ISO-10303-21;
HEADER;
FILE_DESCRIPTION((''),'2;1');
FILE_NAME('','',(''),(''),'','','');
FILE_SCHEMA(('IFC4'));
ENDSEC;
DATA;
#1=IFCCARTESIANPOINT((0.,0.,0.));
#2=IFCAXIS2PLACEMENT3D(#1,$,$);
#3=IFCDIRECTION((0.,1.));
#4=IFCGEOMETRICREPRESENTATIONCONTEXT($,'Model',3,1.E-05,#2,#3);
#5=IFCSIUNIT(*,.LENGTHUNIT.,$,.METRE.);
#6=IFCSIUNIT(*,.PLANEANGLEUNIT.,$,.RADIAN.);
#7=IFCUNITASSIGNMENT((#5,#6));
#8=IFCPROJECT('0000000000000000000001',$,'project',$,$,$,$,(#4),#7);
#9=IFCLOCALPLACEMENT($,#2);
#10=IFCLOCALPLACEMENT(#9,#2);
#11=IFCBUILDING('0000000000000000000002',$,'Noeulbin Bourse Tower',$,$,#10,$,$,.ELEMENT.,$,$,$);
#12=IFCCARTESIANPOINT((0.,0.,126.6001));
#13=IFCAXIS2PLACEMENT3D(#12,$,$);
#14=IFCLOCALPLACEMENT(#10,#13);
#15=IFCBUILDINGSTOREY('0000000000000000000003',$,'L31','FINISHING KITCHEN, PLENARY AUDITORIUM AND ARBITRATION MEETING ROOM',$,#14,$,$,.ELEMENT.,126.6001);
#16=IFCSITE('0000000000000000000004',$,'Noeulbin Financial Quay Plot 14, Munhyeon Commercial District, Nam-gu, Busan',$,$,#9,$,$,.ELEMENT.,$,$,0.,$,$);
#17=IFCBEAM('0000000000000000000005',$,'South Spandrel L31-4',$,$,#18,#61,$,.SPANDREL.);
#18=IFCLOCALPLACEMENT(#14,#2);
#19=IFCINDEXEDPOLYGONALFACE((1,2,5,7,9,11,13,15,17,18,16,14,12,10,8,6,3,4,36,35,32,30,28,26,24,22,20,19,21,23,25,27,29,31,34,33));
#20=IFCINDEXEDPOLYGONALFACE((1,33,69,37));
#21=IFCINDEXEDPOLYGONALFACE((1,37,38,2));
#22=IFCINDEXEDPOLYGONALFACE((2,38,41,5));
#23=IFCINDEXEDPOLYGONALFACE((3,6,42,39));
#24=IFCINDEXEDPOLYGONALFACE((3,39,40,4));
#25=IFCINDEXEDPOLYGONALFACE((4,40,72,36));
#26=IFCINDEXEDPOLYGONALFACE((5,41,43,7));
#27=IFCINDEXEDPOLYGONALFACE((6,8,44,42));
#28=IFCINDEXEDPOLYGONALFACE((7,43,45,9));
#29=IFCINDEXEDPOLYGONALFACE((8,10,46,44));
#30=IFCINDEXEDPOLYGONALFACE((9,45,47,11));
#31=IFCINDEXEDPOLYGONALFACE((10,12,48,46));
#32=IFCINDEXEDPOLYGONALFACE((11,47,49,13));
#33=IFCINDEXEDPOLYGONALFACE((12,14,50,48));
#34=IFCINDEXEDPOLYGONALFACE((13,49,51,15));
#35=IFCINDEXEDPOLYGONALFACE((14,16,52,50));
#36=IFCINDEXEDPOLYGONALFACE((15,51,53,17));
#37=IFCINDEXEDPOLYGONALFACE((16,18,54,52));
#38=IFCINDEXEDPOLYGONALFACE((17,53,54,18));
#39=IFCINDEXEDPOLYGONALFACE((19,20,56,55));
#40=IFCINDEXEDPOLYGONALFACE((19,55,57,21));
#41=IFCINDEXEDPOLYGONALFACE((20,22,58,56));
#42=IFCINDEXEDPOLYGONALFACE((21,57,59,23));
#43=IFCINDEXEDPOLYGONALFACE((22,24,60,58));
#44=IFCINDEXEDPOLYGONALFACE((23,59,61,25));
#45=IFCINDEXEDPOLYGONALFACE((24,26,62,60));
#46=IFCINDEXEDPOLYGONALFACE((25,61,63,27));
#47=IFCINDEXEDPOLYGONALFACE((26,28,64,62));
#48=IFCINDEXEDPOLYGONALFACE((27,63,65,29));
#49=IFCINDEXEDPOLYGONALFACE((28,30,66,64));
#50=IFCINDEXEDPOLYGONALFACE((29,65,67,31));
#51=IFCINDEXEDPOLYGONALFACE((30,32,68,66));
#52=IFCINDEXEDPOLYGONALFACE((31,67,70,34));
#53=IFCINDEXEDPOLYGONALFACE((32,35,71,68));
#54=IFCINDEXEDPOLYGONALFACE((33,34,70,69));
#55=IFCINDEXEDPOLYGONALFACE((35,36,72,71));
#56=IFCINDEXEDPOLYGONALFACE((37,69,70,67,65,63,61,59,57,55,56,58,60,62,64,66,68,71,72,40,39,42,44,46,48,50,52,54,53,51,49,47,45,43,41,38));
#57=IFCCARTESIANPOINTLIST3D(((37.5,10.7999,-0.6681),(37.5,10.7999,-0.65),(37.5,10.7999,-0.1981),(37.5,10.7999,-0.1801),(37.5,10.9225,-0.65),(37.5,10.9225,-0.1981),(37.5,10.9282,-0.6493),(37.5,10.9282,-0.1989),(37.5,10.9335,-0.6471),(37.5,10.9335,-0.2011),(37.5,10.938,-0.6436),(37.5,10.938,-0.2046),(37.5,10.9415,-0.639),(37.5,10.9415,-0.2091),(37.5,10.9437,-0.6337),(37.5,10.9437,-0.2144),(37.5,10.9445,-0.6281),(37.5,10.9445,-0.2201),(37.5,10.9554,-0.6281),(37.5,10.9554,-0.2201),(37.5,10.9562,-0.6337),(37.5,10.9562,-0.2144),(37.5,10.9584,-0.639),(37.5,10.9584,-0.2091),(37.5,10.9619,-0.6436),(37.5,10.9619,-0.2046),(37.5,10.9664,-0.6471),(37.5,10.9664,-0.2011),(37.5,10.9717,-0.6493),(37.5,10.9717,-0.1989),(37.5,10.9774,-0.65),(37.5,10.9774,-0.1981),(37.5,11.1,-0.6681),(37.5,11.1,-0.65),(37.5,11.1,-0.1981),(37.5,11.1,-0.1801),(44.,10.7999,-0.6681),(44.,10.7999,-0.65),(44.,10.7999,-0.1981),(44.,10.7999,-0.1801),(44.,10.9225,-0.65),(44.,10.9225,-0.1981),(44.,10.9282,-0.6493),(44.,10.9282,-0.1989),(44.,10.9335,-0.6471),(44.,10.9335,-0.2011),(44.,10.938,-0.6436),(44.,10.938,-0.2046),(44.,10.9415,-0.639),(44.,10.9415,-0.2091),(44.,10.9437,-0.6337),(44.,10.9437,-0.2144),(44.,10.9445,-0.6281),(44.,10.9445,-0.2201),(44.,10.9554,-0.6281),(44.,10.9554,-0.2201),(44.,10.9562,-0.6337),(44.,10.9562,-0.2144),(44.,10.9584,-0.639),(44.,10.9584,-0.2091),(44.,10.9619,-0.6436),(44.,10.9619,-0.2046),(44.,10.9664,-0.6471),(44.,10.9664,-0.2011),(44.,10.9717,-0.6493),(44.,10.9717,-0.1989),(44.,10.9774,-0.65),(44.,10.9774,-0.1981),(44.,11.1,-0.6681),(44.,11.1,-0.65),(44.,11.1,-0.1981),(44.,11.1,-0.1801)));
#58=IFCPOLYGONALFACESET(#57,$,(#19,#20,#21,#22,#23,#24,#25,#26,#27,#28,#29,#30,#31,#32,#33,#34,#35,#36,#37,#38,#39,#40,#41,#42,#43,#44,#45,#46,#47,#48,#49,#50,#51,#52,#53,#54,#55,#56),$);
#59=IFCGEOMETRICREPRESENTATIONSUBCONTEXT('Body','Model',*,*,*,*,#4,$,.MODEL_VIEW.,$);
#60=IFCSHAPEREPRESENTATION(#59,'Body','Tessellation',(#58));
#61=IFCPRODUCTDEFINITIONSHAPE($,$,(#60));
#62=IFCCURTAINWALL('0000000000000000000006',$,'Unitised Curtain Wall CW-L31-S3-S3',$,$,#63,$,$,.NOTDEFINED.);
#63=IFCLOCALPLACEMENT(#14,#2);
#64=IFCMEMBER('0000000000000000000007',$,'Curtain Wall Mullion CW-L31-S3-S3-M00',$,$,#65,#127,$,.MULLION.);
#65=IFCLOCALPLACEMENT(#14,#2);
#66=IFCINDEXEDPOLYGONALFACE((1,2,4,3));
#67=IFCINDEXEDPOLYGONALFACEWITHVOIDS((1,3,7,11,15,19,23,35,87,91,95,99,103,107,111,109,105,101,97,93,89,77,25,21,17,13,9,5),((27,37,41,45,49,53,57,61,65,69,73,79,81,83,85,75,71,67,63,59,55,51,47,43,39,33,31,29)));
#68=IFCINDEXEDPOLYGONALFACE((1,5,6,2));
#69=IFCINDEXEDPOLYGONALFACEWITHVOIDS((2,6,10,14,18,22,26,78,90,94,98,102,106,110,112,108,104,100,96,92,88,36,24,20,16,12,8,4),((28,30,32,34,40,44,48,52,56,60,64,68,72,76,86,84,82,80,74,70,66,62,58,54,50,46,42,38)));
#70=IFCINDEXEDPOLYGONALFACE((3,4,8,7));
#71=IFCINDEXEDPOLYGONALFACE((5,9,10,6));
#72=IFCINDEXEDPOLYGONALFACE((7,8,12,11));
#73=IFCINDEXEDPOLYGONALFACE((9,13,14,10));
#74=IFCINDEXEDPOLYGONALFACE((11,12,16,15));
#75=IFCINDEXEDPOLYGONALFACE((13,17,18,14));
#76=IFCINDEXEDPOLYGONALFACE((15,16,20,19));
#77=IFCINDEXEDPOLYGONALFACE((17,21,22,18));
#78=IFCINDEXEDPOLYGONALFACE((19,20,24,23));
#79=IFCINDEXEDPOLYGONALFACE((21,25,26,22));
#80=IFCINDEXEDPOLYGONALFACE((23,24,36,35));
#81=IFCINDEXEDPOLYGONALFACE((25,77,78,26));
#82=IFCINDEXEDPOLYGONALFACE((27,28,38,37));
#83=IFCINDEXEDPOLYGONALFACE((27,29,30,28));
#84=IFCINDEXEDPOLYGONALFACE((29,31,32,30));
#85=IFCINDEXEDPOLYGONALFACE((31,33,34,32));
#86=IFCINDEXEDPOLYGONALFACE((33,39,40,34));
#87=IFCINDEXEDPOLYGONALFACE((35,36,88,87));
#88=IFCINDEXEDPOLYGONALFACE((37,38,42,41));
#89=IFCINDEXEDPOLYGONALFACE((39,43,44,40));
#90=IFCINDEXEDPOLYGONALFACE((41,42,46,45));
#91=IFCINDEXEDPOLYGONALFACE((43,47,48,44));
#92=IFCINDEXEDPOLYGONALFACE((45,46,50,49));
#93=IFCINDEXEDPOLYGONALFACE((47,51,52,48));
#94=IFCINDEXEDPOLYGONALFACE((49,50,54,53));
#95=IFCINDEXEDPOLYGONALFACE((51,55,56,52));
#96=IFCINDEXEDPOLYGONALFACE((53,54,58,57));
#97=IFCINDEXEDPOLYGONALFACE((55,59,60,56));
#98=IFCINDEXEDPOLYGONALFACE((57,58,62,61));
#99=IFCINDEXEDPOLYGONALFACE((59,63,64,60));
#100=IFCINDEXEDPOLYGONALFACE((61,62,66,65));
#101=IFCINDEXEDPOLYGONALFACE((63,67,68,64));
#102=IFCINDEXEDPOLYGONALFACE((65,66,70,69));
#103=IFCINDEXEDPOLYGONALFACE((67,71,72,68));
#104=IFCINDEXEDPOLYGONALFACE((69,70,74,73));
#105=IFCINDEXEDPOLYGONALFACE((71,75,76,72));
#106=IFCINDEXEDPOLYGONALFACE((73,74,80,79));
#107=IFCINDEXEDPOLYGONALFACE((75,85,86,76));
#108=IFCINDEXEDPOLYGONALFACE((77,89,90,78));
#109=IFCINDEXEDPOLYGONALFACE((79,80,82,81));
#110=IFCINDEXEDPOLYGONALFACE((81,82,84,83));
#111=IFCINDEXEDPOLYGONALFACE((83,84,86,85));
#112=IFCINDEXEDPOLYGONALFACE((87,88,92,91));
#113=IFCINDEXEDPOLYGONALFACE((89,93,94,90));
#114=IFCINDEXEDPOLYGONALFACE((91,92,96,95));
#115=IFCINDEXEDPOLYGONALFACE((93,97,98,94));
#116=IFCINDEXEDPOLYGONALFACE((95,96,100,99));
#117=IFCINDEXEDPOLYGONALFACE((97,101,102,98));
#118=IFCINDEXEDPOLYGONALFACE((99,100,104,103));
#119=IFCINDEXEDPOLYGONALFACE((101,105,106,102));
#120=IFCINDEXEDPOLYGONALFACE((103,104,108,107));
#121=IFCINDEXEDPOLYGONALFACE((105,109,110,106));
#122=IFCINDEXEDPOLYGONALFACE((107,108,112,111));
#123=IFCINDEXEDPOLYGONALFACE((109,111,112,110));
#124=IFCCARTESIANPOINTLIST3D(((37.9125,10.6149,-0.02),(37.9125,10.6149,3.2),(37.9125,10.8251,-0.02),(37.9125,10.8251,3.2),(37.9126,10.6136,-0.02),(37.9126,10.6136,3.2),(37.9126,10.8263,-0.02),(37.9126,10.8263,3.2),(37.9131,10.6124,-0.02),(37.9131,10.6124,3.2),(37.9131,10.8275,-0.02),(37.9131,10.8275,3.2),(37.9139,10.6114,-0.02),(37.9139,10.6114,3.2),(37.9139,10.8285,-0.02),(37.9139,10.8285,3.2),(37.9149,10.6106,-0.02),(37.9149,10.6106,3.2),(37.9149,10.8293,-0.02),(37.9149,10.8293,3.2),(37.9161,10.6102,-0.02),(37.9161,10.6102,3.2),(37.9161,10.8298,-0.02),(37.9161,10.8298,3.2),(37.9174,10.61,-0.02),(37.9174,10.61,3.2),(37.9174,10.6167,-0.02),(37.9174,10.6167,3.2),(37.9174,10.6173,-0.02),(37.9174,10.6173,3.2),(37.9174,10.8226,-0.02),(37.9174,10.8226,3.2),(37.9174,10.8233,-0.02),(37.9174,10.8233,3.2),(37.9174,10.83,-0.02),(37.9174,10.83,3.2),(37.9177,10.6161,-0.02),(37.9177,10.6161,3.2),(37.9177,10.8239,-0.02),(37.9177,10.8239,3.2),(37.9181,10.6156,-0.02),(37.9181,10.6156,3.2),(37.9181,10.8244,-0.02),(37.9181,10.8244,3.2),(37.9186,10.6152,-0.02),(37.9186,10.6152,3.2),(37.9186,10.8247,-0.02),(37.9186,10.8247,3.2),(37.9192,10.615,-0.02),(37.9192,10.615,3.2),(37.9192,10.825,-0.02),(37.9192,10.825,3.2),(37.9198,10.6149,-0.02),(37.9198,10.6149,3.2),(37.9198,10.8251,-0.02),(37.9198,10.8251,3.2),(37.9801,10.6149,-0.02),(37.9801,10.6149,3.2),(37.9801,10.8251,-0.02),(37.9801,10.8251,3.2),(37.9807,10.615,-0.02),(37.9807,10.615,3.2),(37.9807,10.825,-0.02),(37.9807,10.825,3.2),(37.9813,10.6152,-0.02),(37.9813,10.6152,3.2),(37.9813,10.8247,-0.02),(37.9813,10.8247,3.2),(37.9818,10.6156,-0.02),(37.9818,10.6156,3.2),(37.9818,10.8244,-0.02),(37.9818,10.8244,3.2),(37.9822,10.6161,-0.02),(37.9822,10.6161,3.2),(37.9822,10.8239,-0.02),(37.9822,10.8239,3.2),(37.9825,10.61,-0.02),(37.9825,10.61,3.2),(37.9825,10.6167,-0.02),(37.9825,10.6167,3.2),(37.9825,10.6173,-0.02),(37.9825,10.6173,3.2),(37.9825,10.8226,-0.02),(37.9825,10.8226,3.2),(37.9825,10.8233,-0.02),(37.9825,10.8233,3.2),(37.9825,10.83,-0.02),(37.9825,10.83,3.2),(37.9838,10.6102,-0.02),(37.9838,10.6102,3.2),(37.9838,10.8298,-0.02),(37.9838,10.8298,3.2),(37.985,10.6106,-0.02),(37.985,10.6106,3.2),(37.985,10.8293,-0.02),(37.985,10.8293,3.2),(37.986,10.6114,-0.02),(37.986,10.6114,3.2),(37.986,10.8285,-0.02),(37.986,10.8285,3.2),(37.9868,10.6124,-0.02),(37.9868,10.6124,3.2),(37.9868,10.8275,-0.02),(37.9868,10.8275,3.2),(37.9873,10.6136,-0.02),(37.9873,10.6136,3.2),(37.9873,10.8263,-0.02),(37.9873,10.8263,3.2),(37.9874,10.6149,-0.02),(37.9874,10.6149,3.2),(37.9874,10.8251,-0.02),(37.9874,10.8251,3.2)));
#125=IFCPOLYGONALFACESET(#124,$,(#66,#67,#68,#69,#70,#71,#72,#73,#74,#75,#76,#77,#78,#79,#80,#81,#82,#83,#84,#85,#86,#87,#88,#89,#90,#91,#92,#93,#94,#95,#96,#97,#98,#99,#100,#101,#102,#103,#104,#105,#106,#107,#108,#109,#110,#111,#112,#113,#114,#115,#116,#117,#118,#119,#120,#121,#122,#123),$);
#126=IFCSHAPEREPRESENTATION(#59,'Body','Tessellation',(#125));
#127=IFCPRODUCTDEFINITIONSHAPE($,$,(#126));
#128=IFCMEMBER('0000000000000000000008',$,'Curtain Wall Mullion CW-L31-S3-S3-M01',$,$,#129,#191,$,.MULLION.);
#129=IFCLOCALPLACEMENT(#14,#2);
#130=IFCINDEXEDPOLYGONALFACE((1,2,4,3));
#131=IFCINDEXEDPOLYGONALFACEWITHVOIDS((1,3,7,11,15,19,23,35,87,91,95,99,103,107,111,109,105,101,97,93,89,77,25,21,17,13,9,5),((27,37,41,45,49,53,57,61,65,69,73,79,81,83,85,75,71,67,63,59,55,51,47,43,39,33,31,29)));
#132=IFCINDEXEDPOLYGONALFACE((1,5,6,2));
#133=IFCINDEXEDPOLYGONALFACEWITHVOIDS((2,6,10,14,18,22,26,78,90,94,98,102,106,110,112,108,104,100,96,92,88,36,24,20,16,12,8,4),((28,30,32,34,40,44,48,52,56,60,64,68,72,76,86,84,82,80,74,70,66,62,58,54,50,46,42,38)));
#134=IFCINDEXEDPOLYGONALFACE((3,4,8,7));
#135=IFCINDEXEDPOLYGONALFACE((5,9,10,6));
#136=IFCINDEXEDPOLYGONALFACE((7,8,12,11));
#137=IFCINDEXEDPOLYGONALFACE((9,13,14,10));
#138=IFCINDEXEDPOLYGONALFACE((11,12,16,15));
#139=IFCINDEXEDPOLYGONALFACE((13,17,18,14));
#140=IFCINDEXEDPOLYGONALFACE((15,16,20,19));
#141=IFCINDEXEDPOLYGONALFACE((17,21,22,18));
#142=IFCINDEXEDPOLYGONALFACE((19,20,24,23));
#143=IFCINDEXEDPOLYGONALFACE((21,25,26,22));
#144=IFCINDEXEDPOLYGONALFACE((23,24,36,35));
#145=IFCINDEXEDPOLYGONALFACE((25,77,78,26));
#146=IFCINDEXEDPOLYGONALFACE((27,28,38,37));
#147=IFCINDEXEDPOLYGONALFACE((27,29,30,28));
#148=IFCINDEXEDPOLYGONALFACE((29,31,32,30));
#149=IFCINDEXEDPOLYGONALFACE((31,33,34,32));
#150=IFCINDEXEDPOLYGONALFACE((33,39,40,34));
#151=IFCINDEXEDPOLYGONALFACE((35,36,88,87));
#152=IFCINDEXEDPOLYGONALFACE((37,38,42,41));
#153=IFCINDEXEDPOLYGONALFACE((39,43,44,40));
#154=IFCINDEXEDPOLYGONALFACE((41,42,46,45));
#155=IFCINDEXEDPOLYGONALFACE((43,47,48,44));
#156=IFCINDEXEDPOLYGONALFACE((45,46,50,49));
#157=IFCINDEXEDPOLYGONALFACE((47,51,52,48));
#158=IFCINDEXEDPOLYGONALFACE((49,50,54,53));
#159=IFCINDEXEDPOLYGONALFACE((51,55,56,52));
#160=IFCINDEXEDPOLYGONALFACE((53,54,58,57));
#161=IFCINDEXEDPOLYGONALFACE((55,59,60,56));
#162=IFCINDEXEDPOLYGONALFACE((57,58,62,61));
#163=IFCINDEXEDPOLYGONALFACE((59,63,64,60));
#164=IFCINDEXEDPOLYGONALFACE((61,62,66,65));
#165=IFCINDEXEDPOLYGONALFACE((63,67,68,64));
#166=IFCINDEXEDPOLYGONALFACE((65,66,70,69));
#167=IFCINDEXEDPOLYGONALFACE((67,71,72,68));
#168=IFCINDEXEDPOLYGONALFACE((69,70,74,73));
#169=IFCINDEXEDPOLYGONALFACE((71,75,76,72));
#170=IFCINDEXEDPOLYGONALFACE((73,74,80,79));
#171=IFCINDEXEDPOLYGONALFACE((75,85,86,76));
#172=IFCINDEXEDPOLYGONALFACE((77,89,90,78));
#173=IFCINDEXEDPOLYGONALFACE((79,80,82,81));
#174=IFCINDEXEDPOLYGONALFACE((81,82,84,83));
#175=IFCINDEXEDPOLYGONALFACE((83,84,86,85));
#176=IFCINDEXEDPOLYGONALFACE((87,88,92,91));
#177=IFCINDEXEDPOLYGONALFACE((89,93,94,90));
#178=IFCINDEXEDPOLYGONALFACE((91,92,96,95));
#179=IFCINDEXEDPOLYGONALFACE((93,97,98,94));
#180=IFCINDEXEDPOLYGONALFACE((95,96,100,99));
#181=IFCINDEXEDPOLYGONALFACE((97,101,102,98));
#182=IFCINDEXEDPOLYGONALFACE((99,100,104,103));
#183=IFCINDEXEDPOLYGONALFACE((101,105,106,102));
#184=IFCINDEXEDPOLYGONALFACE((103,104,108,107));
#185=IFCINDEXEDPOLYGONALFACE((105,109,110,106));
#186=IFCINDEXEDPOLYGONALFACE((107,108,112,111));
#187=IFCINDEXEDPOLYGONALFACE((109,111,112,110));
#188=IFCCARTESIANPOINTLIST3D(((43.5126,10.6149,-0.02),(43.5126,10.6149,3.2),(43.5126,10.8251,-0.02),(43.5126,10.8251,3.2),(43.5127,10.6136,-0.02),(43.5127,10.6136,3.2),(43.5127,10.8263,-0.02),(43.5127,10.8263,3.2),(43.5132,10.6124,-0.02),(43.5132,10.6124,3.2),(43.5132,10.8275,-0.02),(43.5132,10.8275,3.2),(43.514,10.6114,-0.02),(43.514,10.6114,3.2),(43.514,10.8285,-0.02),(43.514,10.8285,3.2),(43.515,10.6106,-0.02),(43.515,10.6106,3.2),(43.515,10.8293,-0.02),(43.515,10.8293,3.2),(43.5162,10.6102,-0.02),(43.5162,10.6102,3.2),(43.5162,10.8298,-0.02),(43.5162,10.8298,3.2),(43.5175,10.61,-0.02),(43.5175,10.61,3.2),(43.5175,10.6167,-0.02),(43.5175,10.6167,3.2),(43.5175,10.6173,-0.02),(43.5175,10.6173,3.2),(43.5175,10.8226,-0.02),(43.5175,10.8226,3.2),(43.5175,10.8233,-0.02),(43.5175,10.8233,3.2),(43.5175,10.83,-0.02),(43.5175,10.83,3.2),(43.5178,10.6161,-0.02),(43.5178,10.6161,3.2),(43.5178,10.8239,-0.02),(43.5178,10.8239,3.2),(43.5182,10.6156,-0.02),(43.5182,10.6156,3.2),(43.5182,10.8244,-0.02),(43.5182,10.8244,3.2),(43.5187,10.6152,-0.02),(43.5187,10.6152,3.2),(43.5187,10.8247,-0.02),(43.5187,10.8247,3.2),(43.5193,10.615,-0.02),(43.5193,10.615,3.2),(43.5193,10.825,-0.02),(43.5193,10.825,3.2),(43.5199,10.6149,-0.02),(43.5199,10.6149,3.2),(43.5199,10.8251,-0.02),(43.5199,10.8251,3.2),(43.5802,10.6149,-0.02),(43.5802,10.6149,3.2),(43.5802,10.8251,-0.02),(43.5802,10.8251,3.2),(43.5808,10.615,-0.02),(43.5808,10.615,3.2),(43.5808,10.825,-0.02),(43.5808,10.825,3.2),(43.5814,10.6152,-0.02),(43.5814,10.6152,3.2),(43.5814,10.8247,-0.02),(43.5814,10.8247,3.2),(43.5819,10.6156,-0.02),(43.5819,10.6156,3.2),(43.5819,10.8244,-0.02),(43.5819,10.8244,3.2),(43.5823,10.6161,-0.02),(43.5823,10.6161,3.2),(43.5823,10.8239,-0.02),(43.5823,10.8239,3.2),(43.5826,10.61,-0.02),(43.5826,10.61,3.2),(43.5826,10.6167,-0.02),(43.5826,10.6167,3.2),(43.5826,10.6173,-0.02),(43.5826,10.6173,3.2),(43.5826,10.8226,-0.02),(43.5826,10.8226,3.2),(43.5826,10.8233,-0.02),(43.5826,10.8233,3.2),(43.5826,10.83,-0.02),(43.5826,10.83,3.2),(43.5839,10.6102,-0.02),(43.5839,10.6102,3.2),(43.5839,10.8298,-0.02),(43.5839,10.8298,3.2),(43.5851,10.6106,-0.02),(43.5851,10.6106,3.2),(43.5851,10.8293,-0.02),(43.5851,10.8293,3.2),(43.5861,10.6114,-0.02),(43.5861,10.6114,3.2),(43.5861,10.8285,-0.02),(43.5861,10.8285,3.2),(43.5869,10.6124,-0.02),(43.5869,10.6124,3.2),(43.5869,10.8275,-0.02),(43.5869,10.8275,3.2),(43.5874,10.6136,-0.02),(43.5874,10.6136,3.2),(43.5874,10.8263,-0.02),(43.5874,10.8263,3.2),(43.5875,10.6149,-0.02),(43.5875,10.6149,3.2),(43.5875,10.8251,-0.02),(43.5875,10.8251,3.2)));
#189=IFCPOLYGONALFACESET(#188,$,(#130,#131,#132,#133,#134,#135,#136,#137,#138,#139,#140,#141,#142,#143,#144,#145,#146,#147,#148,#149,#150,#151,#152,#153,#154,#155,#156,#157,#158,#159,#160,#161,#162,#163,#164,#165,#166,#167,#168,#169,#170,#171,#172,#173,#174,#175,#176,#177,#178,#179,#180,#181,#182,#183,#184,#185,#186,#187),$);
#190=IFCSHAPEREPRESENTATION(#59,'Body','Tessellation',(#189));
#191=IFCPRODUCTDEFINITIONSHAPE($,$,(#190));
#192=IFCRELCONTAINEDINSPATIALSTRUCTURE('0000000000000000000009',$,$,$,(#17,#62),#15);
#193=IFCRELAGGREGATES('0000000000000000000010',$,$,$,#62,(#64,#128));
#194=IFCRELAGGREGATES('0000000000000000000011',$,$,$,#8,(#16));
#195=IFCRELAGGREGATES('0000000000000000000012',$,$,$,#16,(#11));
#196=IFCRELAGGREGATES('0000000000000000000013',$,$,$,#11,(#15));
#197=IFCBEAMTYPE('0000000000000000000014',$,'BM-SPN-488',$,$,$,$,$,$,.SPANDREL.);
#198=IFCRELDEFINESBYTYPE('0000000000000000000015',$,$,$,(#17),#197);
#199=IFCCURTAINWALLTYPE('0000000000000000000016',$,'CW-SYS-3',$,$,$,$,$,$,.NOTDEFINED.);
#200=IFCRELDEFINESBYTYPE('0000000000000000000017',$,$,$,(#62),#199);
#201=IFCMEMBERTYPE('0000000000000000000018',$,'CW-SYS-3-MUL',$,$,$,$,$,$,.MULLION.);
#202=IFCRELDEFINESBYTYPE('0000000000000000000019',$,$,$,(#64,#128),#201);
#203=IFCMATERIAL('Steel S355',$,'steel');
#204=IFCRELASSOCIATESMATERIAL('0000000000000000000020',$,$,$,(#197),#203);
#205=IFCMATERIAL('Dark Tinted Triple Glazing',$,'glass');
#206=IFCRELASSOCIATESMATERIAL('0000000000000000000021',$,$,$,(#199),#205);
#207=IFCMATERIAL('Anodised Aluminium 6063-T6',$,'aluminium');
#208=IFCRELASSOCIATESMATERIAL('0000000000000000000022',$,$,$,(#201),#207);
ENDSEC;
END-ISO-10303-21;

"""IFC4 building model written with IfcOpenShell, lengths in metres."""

from ifc_helpers import new_model, si_unit, direction, frame, origin, origin_2d, place, context, subcontext, project, spatial, hollow_rectangle, i_section, extrude, material, material_profile, profile_set, type_object, element, aggregate, save


model = new_model("IFC4")

# Units and contexts
model_context = context("Model", 3, precision=1e-05, world=origin(), true_north=direction((0.0, 1.0)))
body_context = subcontext(model_context, "Body", "Model", "MODEL_VIEW")
ifc_project = project(units=[si_unit("LENGTHUNIT", "METRE"), si_unit("PLANEANGLEUNIT", "RADIAN")], contexts=[model_context])

# Site, building, storey
site_placement = place(None, origin())
site = spatial("IfcSite", under=ifc_project, at=site_placement, Name="Noeulbin Financial Quay Plot 14, Munhyeon Commercial District, Nam-gu, Busan", CompositionType="ELEMENT", RefElevation=0.0)
building_placement = place(site_placement, origin())
building = spatial("IfcBuilding", under=site, at=building_placement, Name="Noeulbin Bourse Tower", CompositionType="ELEMENT")
storey_placement = place(building_placement, frame((0.0, 0.0, 126.6001)))
storey = spatial("IfcBuildingStorey", under=building, at=storey_placement, Name="L31", Description="FINISHING KITCHEN, PLENARY AUDITORIUM AND ARBITRATION MEETING ROOM", CompositionType="ELEMENT", Elevation=126.6001)

# Shared definitions
ifc_material_1 = material(Name="Steel S355", Category="steel")

# Beam
ifc_material_profile_1 = material_profile(ifc_material_1, i_section(OverallWidth=0.3, OverallDepth=0.488, WebThickness=0.011, FlangeThickness=0.0181, FilletRadius=0.022, at=origin_2d()), Name="H-488x300x11x18", Category="LoadBearing")
ifc_profile_set_1 = profile_set([ifc_material_profile_1], Name="Steel S355")
beam_type_1 = type_object("IfcBeamType", Name="BM-SPN-488", PredefinedType="SPANDREL", material=ifc_profile_set_1)
beam_1_placement = place(storey_placement, frame((37.5, 10.95, -0.4241), z_axis=(1.0, 0.0, 0.0), x_axis=(0.0, 1.0, 0.0)))
element("IfcBeam", 1, at=beam_1_placement, inside=storey, type_object=beam_type_1, Name="South Spandrel L31-4", PredefinedType="SPANDREL", context=body_context, shape_type="SweptSolid", body=[
    extrude(i_section(OverallWidth=0.3, OverallDepth=0.488, WebThickness=0.011, FlangeThickness=0.0181, FilletRadius=0.022, at=origin_2d()), origin(), (0.0, 0.0, 1.0), 6.5),
])

# Curtain wall, members
ifc_material_2 = material(Name="Dark Tinted Triple Glazing", Category="glass")
curtain_wall_type = type_object("IfcCurtainWallType", Name="CW-SYS-3", PredefinedType="NOTDEFINED", material=ifc_material_2)
curtain_wall_placement = place(storey_placement, origin())
curtain_wall = element("IfcCurtainWall", 2, at=curtain_wall_placement, inside=storey, type_object=curtain_wall_type, Name="Unitised Curtain Wall CW-L31-S3-S3", PredefinedType="NOTDEFINED")
ifc_material_3 = material(Name="Anodised Aluminium 6063-T6", Category="aluminium")
ifc_material_profile_2 = material_profile(ifc_material_3, hollow_rectangle(XDim=0.075, YDim=0.22, WallThickness=0.0049, InnerFilletRadius=0.0024, OuterFilletRadius=0.0049, at=origin_2d()), Name="ALU-MULL-75x220x5", Category="LoadBearing")
ifc_profile_set_2 = profile_set([ifc_material_profile_2], Name="Anodised Aluminium 6063-T6")
member_type_1 = type_object("IfcMemberType", Name="CW-SYS-3-MUL", PredefinedType="MULLION", material=ifc_profile_set_2)
member_1_placement = place(storey_placement, frame((37.95, 10.72, -0.02), z_axis=(0.0, 0.0, 1.0), x_axis=(1.0, 0.0, 0.0)))
member_1 = element("IfcMember", 3, at=member_1_placement, type_object=member_type_1, Name="Curtain Wall Mullion CW-L31-S3-S3-M00", PredefinedType="MULLION", context=body_context, shape_type="SweptSolid", body=[
    extrude(hollow_rectangle(XDim=0.075, YDim=0.22, WallThickness=0.0049, InnerFilletRadius=0.0024, OuterFilletRadius=0.0049, at=origin_2d()), origin(), (0.0, 0.0, 1.0), 3.22),
])
member_2_placement = place(storey_placement, frame((43.55, 10.72, -0.02), z_axis=(0.0, 0.0, 1.0), x_axis=(1.0, 0.0, 0.0)))
member_2 = element("IfcMember", 4, at=member_2_placement, type_object=member_type_1, Name="Curtain Wall Mullion CW-L31-S3-S3-M01", PredefinedType="MULLION", context=body_context, shape_type="SweptSolid", body=[
    extrude(hollow_rectangle(XDim=0.075, YDim=0.22, WallThickness=0.0049, InnerFilletRadius=0.0024, OuterFilletRadius=0.0049, at=origin_2d()), origin(), (0.0, 0.0, 1.0), 3.22),
])
aggregate(curtain_wall, [member_1, member_2])

save(model, "model.ifc")
